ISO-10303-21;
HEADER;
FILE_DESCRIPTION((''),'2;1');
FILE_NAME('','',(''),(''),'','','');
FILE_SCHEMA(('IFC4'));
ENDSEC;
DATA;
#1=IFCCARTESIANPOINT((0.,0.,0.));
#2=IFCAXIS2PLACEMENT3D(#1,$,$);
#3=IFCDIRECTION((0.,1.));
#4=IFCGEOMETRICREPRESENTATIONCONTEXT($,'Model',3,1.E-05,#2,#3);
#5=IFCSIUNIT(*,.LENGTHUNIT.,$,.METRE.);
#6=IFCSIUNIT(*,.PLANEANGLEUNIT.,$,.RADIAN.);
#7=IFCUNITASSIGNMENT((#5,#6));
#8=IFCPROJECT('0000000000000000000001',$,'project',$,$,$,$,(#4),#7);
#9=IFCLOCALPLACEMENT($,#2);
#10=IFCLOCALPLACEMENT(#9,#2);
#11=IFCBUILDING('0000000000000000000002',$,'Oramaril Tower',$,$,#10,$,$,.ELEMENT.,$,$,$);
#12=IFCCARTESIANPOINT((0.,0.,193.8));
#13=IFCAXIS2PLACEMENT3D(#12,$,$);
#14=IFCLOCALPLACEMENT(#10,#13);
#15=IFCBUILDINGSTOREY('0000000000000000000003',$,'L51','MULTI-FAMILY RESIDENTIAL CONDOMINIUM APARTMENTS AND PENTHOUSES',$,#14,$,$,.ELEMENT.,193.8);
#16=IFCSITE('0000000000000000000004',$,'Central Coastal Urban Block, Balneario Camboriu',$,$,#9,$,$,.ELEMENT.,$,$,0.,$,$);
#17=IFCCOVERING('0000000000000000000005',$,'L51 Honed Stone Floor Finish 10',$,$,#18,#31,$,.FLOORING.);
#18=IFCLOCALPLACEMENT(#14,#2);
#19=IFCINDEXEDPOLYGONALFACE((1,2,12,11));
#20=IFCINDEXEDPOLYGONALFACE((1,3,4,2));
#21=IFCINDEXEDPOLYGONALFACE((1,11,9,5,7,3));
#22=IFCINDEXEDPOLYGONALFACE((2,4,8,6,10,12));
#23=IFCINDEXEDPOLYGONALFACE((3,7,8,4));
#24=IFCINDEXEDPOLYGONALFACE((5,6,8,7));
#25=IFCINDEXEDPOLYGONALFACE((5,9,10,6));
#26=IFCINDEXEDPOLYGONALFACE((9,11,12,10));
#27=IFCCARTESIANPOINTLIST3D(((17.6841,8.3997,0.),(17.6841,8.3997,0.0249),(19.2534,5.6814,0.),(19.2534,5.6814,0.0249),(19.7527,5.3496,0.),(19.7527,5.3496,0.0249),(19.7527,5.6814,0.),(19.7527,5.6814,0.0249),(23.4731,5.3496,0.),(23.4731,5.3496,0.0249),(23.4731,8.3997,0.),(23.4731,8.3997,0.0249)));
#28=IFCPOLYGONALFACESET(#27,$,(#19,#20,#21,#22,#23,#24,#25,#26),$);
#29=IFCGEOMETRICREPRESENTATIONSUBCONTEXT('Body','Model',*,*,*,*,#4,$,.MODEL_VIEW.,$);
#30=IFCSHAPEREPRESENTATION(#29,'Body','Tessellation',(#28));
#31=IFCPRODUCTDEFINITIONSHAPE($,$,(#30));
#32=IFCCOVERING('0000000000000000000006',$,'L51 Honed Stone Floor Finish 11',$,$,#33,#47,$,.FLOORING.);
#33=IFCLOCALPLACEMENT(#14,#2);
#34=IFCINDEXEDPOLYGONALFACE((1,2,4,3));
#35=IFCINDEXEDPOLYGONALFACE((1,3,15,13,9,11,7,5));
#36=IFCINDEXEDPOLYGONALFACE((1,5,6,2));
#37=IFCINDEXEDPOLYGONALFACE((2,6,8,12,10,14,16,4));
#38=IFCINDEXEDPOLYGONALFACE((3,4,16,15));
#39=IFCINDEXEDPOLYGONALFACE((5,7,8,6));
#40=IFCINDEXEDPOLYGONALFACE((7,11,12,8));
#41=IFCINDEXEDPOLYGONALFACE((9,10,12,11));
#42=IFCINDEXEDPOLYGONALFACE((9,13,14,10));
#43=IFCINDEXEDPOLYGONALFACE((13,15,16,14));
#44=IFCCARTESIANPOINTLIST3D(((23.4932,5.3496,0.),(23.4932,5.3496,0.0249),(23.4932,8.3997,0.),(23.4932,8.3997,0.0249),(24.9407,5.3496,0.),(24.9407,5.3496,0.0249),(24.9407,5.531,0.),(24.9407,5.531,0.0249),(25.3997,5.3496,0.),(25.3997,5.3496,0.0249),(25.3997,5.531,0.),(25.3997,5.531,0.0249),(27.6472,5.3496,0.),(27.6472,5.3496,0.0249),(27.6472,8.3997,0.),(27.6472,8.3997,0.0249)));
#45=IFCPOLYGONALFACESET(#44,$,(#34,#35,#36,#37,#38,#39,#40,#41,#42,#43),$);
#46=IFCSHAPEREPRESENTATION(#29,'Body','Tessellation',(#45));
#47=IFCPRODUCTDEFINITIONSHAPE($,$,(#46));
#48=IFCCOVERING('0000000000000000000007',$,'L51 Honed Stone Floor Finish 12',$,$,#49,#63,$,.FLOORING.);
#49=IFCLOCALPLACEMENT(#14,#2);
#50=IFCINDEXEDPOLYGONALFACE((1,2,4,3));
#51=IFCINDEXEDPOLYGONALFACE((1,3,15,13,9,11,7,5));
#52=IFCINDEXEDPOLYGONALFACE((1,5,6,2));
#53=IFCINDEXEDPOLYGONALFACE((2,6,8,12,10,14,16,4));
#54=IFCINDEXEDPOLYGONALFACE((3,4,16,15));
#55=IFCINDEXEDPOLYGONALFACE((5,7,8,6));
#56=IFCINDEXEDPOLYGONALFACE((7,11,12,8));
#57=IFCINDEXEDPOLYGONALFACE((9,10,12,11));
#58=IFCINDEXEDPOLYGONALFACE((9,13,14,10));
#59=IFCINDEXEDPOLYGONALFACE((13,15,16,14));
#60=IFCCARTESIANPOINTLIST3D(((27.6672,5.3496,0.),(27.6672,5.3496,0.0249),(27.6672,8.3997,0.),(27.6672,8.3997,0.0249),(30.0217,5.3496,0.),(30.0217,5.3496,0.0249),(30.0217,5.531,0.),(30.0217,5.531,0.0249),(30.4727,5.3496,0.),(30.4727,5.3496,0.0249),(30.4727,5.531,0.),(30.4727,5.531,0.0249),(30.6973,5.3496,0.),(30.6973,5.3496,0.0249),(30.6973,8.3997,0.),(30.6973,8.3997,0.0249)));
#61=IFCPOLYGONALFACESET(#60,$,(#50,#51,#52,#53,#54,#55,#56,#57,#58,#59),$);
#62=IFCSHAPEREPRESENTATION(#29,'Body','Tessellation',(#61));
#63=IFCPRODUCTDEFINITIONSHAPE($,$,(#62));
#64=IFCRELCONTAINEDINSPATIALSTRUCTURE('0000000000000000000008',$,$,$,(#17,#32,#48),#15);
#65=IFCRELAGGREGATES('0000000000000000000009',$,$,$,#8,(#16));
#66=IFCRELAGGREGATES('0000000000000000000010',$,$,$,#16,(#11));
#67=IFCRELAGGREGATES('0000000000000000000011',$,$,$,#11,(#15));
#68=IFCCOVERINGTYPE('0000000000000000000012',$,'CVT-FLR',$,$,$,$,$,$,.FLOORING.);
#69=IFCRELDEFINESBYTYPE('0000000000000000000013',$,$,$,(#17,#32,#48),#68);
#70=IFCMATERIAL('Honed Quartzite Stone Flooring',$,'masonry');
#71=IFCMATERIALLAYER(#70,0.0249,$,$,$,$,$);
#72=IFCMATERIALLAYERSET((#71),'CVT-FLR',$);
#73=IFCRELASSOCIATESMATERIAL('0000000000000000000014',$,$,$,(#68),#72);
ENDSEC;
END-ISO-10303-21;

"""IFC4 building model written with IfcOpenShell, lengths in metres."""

from ifc_helpers import new_model, si_unit, direction, frame, origin, place, context, subcontext, project, spatial, polyline, outline, extrude, material, layer, layer_set, type_object, element, save


model = new_model("IFC4")

# Units and contexts
model_context = context("Model", 3, precision=1e-05, world=origin(), true_north=direction((0.0, 1.0)))
body_context = subcontext(model_context, "Body", "Model", "MODEL_VIEW")
ifc_project = project(units=[si_unit("LENGTHUNIT", "METRE"), si_unit("PLANEANGLEUNIT", "RADIAN")], contexts=[model_context])

# Site, building, storey
site_placement = place(None, origin())
site = spatial("IfcSite", under=ifc_project, at=site_placement, Name="Central Coastal Urban Block, Balneario Camboriu", CompositionType="ELEMENT", RefElevation=0.0)
building_placement = place(site_placement, origin())
building = spatial("IfcBuilding", under=site, at=building_placement, Name="Oramaril Tower", CompositionType="ELEMENT")
storey_placement = place(building_placement, frame((0.0, 0.0, 193.8)))
storey = spatial("IfcBuildingStorey", under=building, at=storey_placement, Name="L51", Description="MULTI-FAMILY RESIDENTIAL CONDOMINIUM APARTMENTS AND PENTHOUSES", CompositionType="ELEMENT", Elevation=193.8)

# Coverings
ifc_material_1 = material(Name="Honed Quartzite Stone Flooring", Category="masonry")
ifc_layer_1 = layer(ifc_material_1, 0.0249)
ifc_layer_set_1 = layer_set([ifc_layer_1], Name="CVT-FLR")
covering_type_1 = type_object("IfcCoveringType", Name="CVT-FLR", PredefinedType="FLOORING", material=ifc_layer_set_1)
covering_1_placement = place(storey_placement, origin())
element("IfcCovering", 1, at=covering_1_placement, inside=storey, type_object=covering_type_1, Name="L51 Honed Stone Floor Finish 10", PredefinedType="FLOORING", context=body_context, shape_type="SweptSolid", body=[
    extrude(outline(polyline([(23.4731, 5.3496), (19.7527, 5.3496), (19.7527, 5.6814), (19.2534, 5.6814), (17.6841, 8.3997), (23.4731, 8.3997), (23.4731, 5.3496)])), origin(), (0.0, 0.0, 1.0), 0.0249),
])
covering_2_placement = place(storey_placement, origin())
element("IfcCovering", 2, at=covering_2_placement, inside=storey, type_object=covering_type_1, Name="L51 Honed Stone Floor Finish 11", PredefinedType="FLOORING", context=body_context, shape_type="SweptSolid", body=[
    extrude(outline(polyline([(27.6472, 5.3496), (25.3997, 5.3496), (25.3997, 5.531), (24.9407, 5.531), (24.9407, 5.3496), (23.4932, 5.3496), (23.4932, 8.3997), (27.6472, 8.3997), (27.6472, 5.3496)])), origin(), (0.0, 0.0, 1.0), 0.0249),
])
covering_3_placement = place(storey_placement, origin())
element("IfcCovering", 3, at=covering_3_placement, inside=storey, type_object=covering_type_1, Name="L51 Honed Stone Floor Finish 12", PredefinedType="FLOORING", context=body_context, shape_type="SweptSolid", body=[
    extrude(outline(polyline([(30.6973, 5.3496), (30.4727, 5.3496), (30.4727, 5.531), (30.0217, 5.531), (30.0217, 5.3496), (27.6672, 5.3496), (27.6672, 8.3997), (30.6973, 8.3997), (30.6973, 5.3496)])), origin(), (0.0, 0.0, 1.0), 0.0249),
])

save(model, "model.ifc")
